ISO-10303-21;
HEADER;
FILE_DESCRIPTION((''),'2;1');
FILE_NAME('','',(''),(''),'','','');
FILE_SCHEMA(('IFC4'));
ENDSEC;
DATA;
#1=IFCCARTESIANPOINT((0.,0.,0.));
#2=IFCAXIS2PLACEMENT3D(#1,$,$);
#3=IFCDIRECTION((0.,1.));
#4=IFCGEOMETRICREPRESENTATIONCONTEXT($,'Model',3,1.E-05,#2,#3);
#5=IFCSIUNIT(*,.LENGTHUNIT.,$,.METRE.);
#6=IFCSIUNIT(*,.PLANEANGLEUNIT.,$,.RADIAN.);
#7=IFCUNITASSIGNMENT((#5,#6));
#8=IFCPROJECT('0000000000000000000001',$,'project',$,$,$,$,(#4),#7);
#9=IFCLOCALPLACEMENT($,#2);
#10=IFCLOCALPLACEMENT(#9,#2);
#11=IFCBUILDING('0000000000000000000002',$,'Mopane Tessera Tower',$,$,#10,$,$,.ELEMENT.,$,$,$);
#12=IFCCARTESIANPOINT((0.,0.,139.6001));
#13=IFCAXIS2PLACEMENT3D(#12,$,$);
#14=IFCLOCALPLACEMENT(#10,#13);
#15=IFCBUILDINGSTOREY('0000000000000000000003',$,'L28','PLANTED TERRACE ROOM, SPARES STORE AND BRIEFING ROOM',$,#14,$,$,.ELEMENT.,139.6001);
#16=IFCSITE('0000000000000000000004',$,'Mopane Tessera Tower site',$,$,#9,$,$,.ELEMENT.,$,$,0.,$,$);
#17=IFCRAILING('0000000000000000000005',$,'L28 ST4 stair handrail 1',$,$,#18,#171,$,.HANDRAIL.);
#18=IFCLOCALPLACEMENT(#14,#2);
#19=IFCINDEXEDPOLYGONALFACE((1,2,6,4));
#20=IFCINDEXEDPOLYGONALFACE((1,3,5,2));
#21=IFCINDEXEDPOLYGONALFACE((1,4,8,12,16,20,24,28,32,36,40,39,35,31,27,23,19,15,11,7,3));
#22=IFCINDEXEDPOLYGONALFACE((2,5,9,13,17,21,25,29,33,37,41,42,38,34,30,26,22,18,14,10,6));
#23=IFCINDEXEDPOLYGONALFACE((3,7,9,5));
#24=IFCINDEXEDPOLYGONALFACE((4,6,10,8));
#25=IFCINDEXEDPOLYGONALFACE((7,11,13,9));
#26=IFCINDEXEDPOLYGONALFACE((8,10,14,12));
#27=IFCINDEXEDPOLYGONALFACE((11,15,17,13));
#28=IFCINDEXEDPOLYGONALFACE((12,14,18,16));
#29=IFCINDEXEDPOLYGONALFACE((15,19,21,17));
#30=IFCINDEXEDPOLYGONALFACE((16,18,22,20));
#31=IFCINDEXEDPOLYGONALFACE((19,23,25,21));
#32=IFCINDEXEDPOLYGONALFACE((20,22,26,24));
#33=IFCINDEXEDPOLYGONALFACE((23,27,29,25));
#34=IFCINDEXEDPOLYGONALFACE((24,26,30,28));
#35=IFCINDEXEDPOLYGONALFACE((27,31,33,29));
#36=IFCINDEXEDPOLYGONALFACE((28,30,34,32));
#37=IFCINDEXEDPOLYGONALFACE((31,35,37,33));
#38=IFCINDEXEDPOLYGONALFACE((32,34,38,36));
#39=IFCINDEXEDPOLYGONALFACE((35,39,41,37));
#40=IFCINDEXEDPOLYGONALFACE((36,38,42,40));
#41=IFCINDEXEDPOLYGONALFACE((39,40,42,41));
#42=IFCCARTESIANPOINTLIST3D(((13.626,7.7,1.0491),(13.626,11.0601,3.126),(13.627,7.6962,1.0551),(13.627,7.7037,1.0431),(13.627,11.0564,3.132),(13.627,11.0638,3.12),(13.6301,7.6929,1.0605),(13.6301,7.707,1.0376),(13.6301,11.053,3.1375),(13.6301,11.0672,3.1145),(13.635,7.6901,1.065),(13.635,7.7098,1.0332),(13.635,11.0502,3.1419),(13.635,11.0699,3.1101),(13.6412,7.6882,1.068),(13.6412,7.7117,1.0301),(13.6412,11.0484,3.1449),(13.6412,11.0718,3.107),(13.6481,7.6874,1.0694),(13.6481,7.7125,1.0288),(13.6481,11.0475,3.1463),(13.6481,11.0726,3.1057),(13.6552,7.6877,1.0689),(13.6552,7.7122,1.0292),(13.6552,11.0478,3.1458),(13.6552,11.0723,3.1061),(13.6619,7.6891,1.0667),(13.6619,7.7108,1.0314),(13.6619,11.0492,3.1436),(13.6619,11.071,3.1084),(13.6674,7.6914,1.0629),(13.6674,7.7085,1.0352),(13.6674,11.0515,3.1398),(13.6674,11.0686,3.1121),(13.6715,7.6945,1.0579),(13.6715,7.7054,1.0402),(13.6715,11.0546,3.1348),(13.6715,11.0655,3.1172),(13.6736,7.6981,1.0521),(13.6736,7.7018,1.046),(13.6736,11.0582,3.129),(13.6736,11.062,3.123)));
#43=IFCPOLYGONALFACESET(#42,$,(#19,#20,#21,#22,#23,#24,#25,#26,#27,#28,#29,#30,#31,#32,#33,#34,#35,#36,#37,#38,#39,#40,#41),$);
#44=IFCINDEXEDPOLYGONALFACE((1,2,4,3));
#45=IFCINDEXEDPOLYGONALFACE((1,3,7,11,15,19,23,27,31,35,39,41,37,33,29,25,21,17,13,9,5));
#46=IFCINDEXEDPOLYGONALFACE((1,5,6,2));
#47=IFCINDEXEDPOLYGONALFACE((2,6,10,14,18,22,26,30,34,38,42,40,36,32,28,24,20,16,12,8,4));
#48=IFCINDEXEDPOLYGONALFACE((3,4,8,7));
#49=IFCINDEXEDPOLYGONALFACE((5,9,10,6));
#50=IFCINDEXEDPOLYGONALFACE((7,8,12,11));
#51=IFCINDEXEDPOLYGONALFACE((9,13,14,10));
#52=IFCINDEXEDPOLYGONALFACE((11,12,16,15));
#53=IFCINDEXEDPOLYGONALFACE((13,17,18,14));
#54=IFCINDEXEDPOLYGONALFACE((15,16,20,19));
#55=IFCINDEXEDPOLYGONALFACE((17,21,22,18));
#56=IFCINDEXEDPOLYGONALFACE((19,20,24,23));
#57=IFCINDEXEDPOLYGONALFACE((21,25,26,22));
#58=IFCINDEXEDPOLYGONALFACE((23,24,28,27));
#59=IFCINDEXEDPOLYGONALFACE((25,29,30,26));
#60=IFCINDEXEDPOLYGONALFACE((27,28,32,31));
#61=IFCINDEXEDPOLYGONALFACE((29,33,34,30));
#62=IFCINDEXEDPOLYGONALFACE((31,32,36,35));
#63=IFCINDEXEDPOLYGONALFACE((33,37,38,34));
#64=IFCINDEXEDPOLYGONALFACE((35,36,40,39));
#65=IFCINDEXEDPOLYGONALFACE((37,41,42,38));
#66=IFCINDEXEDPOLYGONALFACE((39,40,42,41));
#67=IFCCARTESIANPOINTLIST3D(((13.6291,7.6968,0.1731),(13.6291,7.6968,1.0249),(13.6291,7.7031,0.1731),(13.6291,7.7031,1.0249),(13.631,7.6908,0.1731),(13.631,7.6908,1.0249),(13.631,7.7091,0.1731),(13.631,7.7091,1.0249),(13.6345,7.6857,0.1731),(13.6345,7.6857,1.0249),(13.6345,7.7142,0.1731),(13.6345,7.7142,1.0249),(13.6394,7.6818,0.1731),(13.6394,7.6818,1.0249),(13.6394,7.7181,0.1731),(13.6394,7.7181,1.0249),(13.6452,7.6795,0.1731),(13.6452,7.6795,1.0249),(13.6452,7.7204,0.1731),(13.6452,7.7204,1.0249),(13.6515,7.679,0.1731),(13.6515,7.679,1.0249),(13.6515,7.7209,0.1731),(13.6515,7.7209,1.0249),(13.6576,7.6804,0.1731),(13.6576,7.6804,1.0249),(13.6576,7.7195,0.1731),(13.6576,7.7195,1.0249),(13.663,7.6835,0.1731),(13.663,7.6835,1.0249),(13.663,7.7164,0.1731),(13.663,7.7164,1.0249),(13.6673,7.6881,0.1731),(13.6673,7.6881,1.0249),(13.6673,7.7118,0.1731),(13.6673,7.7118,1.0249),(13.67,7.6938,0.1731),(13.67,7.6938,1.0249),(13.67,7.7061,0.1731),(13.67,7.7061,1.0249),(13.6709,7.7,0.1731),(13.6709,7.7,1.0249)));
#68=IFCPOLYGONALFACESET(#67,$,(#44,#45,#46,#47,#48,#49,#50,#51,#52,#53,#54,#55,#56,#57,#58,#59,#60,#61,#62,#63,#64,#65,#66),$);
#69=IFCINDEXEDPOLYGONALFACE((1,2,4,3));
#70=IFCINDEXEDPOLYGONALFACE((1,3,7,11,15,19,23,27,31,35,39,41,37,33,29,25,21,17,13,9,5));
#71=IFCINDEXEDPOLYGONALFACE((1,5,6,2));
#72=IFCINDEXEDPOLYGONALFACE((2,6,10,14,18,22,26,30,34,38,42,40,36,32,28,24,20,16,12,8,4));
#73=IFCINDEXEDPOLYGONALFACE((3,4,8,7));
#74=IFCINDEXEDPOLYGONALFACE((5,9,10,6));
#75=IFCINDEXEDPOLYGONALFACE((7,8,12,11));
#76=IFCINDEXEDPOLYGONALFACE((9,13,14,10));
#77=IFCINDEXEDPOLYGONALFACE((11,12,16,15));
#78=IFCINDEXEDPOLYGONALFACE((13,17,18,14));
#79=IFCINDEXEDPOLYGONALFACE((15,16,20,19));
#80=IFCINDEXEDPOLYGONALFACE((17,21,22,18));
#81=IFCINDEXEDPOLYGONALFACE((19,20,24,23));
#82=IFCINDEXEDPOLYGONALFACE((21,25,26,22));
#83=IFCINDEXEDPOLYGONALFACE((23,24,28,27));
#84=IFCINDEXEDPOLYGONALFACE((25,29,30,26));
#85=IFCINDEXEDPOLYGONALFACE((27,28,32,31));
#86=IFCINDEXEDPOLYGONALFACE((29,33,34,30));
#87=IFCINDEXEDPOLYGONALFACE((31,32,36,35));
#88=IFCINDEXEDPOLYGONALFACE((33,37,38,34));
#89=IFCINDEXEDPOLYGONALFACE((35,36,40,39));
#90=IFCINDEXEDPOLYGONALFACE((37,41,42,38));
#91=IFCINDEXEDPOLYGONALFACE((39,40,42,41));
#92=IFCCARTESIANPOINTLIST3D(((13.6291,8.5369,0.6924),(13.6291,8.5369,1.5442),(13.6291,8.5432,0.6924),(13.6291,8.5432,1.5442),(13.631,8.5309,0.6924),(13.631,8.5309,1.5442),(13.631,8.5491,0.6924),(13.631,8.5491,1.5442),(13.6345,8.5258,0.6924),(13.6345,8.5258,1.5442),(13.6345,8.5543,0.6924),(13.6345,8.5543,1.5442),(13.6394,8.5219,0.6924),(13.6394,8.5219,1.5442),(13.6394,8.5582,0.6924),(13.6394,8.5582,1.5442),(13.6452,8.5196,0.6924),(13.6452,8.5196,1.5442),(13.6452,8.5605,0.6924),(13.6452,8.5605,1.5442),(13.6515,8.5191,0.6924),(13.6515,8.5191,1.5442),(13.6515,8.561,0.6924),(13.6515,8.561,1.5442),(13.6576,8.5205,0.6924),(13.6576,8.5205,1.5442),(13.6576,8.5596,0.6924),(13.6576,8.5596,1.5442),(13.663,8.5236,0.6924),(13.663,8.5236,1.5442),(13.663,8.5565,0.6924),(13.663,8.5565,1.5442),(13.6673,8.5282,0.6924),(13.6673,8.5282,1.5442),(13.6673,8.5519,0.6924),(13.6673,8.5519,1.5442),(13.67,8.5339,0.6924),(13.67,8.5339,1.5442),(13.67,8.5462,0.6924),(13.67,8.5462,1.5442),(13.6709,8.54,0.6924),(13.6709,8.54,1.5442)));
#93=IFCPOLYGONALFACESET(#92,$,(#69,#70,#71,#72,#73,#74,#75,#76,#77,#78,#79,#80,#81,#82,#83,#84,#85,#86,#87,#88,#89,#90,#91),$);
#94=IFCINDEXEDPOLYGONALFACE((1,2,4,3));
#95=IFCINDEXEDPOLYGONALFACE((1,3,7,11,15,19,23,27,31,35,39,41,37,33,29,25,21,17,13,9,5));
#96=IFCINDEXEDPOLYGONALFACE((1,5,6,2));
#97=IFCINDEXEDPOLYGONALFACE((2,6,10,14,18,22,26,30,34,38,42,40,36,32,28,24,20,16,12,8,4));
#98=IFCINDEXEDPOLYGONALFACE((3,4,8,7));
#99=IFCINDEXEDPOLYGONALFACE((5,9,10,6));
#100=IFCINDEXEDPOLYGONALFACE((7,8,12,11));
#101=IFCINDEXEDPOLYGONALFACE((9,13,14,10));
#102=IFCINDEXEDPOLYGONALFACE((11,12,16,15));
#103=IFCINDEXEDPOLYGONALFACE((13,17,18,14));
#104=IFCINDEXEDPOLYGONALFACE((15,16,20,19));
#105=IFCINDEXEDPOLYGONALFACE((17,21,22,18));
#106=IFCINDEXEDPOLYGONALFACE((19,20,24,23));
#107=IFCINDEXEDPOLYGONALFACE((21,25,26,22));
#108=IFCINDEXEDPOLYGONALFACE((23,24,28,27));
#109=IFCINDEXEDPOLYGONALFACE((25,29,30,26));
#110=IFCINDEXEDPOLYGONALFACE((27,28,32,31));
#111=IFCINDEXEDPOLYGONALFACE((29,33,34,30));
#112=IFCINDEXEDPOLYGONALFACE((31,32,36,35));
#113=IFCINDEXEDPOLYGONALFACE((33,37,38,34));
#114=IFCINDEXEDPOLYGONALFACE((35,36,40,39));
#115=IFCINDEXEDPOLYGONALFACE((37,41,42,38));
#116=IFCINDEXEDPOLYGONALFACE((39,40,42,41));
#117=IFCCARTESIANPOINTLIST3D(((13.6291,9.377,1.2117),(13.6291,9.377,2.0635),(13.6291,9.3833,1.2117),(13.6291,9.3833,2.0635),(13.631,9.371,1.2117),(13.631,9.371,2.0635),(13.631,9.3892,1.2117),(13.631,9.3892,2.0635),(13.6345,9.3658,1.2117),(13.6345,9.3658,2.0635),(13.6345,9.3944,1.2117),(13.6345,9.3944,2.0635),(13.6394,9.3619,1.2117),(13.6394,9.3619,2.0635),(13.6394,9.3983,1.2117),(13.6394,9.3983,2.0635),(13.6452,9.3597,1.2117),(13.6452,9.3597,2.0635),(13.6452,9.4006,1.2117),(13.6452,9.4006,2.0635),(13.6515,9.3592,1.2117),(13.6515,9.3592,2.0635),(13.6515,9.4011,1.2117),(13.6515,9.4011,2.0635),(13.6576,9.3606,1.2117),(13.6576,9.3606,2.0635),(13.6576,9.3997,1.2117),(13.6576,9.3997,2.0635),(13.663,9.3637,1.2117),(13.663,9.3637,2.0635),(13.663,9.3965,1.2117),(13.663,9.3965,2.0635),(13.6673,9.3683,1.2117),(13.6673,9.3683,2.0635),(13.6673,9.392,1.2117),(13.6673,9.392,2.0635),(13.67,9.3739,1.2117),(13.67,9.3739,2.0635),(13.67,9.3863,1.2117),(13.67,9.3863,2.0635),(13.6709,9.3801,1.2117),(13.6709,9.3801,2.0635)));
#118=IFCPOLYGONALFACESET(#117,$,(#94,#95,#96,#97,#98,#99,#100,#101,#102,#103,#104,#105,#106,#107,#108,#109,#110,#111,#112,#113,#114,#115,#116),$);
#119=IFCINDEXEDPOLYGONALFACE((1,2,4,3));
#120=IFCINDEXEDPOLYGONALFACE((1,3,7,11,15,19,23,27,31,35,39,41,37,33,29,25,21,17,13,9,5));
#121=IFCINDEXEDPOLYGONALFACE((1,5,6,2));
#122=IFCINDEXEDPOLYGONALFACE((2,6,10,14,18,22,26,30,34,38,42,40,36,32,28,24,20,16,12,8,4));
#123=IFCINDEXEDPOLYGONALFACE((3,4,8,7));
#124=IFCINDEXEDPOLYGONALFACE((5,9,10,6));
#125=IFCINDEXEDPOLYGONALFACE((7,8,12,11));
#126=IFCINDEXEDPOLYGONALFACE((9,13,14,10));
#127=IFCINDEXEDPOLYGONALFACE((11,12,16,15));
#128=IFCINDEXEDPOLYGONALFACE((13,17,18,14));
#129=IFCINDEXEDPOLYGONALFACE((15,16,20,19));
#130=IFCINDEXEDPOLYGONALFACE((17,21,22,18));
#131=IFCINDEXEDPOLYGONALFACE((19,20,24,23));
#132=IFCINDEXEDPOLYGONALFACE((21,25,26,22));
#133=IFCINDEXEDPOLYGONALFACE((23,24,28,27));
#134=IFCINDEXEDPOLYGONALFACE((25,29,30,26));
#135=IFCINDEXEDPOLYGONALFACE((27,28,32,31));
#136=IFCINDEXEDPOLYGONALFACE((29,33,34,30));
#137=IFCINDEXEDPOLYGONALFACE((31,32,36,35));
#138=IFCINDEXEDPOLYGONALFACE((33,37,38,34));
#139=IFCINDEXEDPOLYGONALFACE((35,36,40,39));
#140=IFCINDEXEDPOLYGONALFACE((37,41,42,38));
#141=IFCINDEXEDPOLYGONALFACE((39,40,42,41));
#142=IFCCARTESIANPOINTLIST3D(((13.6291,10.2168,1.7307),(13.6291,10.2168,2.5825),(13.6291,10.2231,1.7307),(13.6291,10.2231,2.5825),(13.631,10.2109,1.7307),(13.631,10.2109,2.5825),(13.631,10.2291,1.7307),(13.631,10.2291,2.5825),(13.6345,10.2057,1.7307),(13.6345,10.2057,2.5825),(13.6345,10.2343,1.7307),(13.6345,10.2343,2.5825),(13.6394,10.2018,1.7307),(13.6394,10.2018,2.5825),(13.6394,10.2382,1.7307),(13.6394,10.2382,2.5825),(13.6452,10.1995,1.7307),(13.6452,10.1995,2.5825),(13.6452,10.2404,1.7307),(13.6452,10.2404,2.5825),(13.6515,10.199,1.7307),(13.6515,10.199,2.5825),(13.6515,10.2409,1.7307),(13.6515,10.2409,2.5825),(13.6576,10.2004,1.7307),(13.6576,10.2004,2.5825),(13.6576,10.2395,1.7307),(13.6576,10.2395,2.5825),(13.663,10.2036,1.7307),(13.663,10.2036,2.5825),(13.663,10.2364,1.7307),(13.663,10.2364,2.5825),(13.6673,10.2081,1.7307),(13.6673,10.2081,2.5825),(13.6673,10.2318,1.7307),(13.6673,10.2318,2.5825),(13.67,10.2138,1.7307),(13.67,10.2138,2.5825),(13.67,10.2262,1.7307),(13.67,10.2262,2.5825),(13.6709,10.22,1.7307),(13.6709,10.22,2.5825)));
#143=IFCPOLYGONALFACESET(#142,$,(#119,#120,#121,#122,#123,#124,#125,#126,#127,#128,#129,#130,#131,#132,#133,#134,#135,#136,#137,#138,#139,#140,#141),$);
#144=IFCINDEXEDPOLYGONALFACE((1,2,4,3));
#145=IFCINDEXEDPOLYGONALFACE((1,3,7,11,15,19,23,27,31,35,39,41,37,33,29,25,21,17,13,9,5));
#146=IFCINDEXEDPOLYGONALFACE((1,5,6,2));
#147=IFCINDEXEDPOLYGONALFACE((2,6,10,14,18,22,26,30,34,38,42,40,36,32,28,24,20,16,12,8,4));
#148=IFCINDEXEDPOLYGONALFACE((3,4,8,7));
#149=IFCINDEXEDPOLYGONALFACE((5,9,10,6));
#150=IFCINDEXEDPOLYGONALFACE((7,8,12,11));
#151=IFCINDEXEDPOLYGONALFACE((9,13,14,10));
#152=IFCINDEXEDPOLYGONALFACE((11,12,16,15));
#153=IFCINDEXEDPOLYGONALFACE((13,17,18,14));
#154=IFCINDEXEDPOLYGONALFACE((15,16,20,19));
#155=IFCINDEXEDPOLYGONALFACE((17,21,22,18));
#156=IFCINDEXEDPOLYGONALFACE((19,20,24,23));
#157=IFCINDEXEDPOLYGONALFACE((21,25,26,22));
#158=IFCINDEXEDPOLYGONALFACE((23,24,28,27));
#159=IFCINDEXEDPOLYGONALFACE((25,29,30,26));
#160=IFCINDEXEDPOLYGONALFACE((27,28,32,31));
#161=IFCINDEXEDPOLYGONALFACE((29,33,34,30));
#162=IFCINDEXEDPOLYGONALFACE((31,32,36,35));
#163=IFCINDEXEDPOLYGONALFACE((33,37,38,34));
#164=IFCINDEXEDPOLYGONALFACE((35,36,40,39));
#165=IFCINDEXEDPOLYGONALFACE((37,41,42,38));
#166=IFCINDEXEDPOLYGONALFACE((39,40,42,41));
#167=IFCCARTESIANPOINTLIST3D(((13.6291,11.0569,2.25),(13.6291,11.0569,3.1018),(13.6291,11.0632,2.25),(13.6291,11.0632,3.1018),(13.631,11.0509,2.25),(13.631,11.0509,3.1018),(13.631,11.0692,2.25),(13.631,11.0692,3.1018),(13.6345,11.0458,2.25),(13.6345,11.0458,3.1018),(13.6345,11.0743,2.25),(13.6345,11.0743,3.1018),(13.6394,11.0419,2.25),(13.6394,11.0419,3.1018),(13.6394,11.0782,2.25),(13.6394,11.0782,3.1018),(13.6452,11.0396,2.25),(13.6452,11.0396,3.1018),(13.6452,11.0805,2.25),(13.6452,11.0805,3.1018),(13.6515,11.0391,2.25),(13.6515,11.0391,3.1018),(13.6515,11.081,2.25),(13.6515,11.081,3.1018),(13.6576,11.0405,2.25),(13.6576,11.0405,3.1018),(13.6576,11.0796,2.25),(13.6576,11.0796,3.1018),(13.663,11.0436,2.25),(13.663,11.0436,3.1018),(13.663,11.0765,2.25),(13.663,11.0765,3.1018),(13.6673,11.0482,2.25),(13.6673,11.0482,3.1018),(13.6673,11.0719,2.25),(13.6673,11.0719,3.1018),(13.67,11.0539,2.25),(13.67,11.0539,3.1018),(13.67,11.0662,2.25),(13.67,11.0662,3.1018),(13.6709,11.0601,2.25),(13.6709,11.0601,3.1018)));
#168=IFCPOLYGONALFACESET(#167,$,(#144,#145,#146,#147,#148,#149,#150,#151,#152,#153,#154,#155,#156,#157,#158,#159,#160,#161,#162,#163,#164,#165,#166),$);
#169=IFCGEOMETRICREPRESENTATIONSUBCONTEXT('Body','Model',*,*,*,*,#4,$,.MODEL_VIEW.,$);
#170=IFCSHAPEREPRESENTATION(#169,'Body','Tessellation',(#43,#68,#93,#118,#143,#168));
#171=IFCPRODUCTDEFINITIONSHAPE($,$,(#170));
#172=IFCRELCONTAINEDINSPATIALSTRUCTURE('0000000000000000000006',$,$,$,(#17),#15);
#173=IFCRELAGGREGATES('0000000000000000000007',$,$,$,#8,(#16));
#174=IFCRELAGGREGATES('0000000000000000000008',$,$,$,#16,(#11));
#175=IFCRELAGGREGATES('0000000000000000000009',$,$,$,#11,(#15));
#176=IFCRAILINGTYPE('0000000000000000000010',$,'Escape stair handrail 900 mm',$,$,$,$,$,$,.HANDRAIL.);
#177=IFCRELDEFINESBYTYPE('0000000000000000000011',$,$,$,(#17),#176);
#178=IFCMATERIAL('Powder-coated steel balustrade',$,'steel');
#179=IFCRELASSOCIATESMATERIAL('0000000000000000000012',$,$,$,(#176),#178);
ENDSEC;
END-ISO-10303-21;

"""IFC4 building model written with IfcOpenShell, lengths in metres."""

from ifc_helpers import new_model, si_unit, direction, frame, origin, origin_2d, place, context, subcontext, project, spatial, circle, extrude, material, type_object, element, save


model = new_model("IFC4")

# Units and contexts
model_context = context("Model", 3, precision=1e-05, world=origin(), true_north=direction((0.0, 1.0)))
body_context = subcontext(model_context, "Body", "Model", "MODEL_VIEW")
ifc_project = project(units=[si_unit("LENGTHUNIT", "METRE"), si_unit("PLANEANGLEUNIT", "RADIAN")], contexts=[model_context])

# Site, building, storey
site_placement = place(None, origin())
site = spatial("IfcSite", under=ifc_project, at=site_placement, Name="Mopane Tessera Tower site", CompositionType="ELEMENT", RefElevation=0.0)
building_placement = place(site_placement, origin())
building = spatial("IfcBuilding", under=site, at=building_placement, Name="Mopane Tessera Tower", CompositionType="ELEMENT")
storey_placement = place(building_placement, frame((0.0, 0.0, 139.6001)))
storey = spatial("IfcBuildingStorey", under=building, at=storey_placement, Name="L28", Description="PLANTED TERRACE ROOM, SPARES STORE AND BRIEFING ROOM", CompositionType="ELEMENT", Elevation=139.6001)

# Railing
ifc_material_1 = material(Name="Powder-coated steel balustrade", Category="steel")
railing_type_1 = type_object("IfcRailingType", Name="Escape stair handrail 900 mm", PredefinedType="HANDRAIL", material=ifc_material_1)
railing_1_placement = place(storey_placement, frame((13.6499, 7.7, 0.1731)))
element("IfcRailing", 1, at=railing_1_placement, inside=storey, type_object=railing_type_1, Name="L28 ST4 stair handrail 1", PredefinedType="HANDRAIL", context=body_context, shape_type="SweptSolid", body=[
    extrude(circle(Radius=0.0239, at=origin_2d()), frame((0.0, 0.0, 0.876), z_axis=(0.0, 0.850623, 0.525776), x_axis=(-1.0, 0.0, 0.0)), (0.0, 0.0, 1.0), 3.9502),
    extrude(circle(Radius=0.021, at=origin_2d()), origin(), (0.0, 0.0, 1.0), 0.8518),
    extrude(circle(Radius=0.021, at=origin_2d()), frame((0.0, 0.8401, 0.5193)), (0.0, 0.0, 1.0), 0.8518),
    extrude(circle(Radius=0.021, at=origin_2d()), frame((0.0, 1.6802, 1.0386)), (0.0, 0.0, 1.0), 0.8518),
    extrude(circle(Radius=0.021, at=origin_2d()), frame((0.0, 2.52, 1.5576)), (0.0, 0.0, 1.0), 0.8518),
    extrude(circle(Radius=0.021, at=origin_2d()), frame((0.0, 3.3601, 2.0769)), (0.0, 0.0, 1.0), 0.8518),
])

save(model, "model.ifc")
